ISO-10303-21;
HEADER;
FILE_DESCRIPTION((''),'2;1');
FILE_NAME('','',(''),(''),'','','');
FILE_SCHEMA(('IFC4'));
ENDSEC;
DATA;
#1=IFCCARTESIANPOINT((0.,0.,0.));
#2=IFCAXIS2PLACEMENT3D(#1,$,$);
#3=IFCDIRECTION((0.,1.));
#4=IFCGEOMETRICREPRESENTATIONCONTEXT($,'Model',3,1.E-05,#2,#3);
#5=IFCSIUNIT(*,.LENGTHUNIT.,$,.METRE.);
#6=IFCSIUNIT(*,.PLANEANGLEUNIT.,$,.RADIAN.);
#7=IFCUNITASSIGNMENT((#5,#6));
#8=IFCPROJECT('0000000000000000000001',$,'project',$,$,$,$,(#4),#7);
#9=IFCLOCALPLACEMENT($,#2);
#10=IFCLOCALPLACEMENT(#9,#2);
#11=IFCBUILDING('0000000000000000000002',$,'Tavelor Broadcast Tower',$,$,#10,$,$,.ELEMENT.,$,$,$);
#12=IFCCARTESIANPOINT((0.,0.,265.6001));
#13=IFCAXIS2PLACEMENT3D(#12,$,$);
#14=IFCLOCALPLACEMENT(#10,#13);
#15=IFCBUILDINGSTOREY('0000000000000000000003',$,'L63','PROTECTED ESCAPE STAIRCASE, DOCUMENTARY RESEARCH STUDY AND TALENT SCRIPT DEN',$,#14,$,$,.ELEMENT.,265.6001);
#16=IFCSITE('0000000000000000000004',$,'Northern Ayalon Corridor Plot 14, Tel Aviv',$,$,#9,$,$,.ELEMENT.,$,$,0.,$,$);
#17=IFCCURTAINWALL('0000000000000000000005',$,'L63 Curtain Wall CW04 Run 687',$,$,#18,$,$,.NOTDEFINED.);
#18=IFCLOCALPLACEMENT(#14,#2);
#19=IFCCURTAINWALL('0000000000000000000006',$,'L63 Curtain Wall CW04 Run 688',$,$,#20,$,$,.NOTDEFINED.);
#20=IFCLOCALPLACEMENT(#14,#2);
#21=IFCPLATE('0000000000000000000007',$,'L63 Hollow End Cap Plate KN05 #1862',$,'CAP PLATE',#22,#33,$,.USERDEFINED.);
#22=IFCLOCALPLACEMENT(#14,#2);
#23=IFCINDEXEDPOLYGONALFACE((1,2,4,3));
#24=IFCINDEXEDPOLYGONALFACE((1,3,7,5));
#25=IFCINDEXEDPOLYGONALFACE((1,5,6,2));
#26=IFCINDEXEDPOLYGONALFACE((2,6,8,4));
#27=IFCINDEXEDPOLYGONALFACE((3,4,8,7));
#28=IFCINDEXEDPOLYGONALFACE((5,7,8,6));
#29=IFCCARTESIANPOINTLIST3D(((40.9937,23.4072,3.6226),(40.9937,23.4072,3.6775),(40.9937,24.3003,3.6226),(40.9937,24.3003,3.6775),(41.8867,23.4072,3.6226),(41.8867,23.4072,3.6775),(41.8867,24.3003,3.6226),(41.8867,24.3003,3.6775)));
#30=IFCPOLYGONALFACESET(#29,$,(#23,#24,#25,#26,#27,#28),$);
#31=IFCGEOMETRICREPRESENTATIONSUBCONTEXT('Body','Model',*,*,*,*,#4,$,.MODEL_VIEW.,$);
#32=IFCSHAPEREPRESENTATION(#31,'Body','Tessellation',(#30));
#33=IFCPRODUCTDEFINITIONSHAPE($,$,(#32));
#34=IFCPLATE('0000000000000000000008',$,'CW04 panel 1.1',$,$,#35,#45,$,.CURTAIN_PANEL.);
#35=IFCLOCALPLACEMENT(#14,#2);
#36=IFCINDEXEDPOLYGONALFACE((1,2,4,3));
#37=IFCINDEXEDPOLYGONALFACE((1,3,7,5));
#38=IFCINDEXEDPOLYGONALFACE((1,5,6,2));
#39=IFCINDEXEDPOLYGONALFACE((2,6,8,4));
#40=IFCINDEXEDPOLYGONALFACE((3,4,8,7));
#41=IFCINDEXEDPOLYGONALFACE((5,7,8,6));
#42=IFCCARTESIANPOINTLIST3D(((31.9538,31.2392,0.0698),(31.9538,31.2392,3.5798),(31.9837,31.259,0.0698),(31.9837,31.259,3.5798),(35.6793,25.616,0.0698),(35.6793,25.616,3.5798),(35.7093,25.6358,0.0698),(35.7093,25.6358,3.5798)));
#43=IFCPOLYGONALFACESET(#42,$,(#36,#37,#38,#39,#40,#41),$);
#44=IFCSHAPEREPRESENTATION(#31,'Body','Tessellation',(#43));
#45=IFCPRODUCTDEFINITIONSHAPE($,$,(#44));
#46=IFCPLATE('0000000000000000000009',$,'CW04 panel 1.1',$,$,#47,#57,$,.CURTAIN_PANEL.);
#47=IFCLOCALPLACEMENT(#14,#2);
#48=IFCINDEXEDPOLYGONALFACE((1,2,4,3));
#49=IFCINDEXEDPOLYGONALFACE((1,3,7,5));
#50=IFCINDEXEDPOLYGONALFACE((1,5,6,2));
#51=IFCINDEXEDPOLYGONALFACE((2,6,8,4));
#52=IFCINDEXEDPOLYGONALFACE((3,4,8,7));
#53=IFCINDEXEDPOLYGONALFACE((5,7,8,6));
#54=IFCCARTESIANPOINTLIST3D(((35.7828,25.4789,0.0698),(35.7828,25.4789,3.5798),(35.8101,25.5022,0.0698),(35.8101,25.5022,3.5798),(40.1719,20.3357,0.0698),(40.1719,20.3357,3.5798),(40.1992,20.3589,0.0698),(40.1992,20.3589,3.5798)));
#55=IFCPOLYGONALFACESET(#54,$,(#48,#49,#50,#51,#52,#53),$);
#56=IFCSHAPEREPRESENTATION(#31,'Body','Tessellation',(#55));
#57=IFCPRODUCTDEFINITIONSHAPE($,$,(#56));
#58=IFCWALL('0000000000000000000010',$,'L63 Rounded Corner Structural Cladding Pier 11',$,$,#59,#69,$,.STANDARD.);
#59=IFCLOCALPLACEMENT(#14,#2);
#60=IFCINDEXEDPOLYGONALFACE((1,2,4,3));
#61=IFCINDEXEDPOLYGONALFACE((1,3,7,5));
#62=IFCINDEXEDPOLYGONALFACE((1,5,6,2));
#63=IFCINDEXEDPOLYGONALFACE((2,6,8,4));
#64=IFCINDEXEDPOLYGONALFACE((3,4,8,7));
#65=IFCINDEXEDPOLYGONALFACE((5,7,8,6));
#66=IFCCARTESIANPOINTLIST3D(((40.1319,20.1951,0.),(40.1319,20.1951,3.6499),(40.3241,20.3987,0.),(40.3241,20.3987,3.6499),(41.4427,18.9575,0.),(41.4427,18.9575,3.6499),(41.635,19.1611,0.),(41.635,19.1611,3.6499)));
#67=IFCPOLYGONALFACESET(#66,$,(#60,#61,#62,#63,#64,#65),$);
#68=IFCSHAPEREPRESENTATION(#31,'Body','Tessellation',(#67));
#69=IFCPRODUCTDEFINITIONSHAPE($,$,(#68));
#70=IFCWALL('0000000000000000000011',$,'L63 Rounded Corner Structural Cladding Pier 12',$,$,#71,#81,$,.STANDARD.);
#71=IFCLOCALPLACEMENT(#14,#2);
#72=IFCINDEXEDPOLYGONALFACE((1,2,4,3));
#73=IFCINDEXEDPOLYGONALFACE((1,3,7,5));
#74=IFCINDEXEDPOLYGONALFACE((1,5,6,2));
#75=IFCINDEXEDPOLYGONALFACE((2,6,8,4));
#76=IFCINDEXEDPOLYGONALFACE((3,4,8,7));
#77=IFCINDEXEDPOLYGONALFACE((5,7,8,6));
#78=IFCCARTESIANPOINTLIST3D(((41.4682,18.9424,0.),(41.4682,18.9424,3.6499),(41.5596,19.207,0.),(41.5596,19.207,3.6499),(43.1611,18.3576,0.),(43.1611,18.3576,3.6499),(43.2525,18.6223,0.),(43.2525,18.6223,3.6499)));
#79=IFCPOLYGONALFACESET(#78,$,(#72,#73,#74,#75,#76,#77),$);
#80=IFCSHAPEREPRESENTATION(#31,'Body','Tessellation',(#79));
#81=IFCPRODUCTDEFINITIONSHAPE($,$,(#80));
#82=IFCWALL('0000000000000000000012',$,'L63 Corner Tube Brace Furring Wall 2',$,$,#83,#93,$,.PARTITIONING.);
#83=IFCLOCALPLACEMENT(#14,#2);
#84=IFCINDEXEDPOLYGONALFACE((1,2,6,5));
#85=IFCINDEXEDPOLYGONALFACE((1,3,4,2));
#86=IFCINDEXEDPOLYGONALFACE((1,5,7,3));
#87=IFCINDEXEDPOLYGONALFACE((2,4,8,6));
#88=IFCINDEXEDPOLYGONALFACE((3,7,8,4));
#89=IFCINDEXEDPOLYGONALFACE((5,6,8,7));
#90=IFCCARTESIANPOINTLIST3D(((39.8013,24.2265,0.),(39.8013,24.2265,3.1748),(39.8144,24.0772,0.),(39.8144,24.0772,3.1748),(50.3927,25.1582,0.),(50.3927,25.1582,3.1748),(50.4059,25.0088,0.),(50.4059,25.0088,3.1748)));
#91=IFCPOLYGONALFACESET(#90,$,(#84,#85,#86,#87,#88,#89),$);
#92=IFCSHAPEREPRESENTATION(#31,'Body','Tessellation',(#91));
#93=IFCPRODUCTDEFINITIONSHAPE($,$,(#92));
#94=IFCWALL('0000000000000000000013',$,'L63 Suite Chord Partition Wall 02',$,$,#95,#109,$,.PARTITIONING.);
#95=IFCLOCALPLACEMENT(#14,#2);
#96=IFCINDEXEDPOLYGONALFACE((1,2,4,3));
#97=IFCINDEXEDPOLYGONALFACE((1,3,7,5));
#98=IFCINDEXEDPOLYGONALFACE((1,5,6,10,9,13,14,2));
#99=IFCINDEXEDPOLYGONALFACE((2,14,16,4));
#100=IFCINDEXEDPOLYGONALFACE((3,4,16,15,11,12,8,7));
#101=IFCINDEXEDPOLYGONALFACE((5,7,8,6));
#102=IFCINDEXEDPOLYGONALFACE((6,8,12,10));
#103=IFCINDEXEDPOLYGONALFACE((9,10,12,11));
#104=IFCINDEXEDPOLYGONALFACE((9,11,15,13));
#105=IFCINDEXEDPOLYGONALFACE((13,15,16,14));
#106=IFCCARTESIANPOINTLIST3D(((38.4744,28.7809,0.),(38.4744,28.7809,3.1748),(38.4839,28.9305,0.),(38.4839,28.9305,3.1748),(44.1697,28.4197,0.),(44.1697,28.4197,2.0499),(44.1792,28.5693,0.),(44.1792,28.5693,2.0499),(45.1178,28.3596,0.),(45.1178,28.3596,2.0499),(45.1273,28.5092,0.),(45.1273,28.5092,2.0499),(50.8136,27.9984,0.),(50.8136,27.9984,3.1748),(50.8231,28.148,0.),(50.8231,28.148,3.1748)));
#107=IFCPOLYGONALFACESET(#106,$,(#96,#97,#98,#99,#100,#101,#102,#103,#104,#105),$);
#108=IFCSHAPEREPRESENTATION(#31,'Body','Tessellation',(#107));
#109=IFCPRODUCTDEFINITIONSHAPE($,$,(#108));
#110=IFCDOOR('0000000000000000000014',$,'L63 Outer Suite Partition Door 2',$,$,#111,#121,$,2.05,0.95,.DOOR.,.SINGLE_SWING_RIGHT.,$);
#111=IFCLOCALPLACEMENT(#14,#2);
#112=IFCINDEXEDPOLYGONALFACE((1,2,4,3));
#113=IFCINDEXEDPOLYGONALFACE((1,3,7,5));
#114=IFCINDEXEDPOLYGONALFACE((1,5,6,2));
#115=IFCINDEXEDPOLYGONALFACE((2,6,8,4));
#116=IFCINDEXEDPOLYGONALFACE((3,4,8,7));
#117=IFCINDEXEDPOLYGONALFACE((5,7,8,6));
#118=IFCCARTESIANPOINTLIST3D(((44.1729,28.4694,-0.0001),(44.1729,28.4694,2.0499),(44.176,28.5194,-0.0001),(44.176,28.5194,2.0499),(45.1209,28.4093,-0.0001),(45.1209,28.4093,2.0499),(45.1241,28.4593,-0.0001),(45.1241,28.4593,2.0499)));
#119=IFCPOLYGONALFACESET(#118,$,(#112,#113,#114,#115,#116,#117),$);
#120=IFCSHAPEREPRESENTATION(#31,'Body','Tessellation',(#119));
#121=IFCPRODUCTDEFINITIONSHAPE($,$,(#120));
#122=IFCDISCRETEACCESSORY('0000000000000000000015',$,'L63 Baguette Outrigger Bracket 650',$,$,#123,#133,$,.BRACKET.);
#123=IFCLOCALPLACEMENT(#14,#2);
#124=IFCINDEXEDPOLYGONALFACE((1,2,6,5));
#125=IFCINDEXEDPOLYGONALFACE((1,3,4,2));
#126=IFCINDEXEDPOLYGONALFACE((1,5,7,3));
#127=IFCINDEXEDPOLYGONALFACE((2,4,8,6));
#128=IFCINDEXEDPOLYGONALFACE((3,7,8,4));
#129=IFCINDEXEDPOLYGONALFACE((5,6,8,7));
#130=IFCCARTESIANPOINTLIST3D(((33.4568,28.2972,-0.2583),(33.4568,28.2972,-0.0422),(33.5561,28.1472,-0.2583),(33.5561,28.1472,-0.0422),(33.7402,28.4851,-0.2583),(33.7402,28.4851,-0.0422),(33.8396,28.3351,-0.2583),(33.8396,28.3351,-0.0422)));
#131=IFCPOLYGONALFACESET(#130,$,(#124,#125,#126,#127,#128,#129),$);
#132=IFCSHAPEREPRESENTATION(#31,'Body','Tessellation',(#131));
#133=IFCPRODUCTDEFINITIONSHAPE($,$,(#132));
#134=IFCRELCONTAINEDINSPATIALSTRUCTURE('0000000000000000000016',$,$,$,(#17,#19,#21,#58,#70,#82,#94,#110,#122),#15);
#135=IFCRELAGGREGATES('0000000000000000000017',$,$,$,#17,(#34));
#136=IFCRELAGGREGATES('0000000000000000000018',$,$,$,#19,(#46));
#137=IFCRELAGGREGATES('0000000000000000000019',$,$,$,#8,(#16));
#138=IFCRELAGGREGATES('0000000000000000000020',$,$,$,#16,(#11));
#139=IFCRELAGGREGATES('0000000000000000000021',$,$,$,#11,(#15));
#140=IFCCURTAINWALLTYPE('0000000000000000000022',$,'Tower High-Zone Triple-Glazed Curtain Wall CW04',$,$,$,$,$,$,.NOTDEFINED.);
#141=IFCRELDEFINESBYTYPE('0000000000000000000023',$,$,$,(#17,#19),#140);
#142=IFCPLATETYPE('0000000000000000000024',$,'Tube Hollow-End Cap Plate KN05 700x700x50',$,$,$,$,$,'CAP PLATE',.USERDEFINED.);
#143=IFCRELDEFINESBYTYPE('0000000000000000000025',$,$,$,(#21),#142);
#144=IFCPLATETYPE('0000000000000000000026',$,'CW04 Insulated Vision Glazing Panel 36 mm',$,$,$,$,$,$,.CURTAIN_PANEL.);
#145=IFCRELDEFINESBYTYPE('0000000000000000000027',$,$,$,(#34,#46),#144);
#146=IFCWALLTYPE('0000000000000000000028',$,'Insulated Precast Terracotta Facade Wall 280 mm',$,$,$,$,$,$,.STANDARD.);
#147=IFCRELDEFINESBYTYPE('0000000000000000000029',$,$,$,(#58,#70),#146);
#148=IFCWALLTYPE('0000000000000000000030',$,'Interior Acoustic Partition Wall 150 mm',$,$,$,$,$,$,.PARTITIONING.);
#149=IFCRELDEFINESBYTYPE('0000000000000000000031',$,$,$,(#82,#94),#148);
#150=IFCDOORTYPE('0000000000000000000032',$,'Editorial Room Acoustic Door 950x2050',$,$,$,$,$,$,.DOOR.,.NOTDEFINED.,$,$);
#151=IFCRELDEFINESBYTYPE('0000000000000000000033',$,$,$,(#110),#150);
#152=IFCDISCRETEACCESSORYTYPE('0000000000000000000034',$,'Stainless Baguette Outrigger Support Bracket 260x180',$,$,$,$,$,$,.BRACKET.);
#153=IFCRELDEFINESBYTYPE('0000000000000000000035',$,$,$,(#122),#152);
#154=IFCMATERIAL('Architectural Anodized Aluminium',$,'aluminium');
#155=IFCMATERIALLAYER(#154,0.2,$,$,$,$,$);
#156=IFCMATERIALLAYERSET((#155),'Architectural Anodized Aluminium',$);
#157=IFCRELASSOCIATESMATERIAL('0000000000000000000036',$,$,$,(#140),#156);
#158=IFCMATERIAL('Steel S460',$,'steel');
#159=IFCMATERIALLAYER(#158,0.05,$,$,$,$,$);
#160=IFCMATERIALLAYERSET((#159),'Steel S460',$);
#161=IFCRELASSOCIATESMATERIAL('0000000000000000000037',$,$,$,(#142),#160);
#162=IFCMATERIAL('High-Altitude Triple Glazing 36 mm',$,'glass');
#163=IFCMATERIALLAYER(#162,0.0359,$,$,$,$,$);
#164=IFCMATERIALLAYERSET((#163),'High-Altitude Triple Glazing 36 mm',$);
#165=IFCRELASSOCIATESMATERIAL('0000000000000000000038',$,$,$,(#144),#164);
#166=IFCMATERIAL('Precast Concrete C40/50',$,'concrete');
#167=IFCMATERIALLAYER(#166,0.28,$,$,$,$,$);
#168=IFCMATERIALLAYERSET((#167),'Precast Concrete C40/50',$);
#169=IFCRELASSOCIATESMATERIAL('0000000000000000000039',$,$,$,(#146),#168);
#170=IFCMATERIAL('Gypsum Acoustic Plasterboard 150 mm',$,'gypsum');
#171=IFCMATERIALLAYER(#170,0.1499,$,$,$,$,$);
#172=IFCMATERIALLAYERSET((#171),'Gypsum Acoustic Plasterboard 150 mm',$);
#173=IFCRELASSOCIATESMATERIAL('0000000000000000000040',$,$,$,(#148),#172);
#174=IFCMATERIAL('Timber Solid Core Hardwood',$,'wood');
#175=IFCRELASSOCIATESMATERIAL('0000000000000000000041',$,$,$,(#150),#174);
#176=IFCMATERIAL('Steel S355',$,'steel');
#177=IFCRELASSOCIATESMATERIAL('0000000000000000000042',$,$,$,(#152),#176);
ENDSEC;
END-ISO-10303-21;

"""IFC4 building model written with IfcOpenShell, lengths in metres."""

from ifc_helpers import new_model, si_unit, direction, frame, frame_2d, origin, origin_2d, place, context, subcontext, project, spatial, rectangle, extrude, source, transform, mapped, material, layer, layer_set, type_object, type_shapes, element, fill, aggregate, save


model = new_model("IFC4")

# Units and contexts
model_context = context("Model", 3, precision=1e-05, world=origin(), true_north=direction((0.0, 1.0)))
body_context = subcontext(model_context, "Body", "Model", "MODEL_VIEW")
ifc_project = project(units=[si_unit("LENGTHUNIT", "METRE"), si_unit("PLANEANGLEUNIT", "RADIAN")], contexts=[model_context])

# Site, building, storey
site_placement = place(None, origin())
site = spatial("IfcSite", under=ifc_project, at=site_placement, Name="Northern Ayalon Corridor Plot 14, Tel Aviv", CompositionType="ELEMENT", RefElevation=0.0)
building_placement = place(site_placement, origin())
building = spatial("IfcBuilding", under=site, at=building_placement, Name="Tavelor Broadcast Tower", CompositionType="ELEMENT")
storey_placement = place(building_placement, frame((0.0, 0.0, 265.6001)))
storey = spatial("IfcBuildingStorey", under=building, at=storey_placement, Name="L63", Description="PROTECTED ESCAPE STAIRCASE, DOCUMENTARY RESEARCH STUDY AND TALENT SCRIPT DEN", CompositionType="ELEMENT", Elevation=265.6001)

# Shared definitions
ifc_material_1 = material(Name="Steel S460", Category="steel")

# Shared definitions
ifc_material_2 = material(Name="Steel S355", Category="steel")

# Curtain wall
ifc_material_3 = material(Name="Architectural Anodized Aluminium", Category="aluminium")
ifc_layer_1 = layer(ifc_material_3, 0.2)
ifc_layer_set_1 = layer_set([ifc_layer_1], Name="Architectural Anodized Aluminium")
curtain_wall_type = type_object("IfcCurtainWallType", Name="Tower High-Zone Triple-Glazed Curtain Wall CW04", PredefinedType="NOTDEFINED", material=ifc_layer_set_1)
curtain_wall_1_placement = place(storey_placement, origin())
curtain_wall_1 = element("IfcCurtainWall", 1, at=curtain_wall_1_placement, inside=storey, type_object=curtain_wall_type, Name="L63 Curtain Wall CW04 Run 687", PredefinedType="NOTDEFINED")

# Curtain wall
curtain_wall_2_placement = place(storey_placement, origin())
curtain_wall_2 = element("IfcCurtainWall", 2, at=curtain_wall_2_placement, inside=storey, type_object=curtain_wall_type, Name="L63 Curtain Wall CW04 Run 688", PredefinedType="NOTDEFINED")

# Plate
ifc_layer_2 = layer(ifc_material_1, 0.05)
ifc_layer_set_2 = layer_set([ifc_layer_2], Name="Steel S460")
plate_type_1 = type_object("IfcPlateType", Name="Tube Hollow-End Cap Plate KN05 700x700x50", ElementType="CAP PLATE", PredefinedType="USERDEFINED", material=ifc_layer_set_2)
shared_shape_1 = source(origin(), body_context, "Body", "SweptSolid", [
    extrude(rectangle(XDim=0.8931, YDim=0.8931, at=origin_2d()), origin(), (0.0, 0.0, 1.0), 0.0549),
])
for number, where, z_axis, x_axis, name in (
    (3, (41.4402, 23.8538, 3.6226), (0.0, 0.0, 1.0), (1.0, 0.0, 0.0), "L63 Hollow End Cap Plate KN05 #1862"),
):
    element("IfcPlate", number, at=place(storey_placement, frame(where, z_axis=z_axis, x_axis=x_axis)), inside=storey, type_object=plate_type_1, Name=name, ObjectType="CAP PLATE", PredefinedType="USERDEFINED", context=body_context, shape_type="MappedRepresentation", body=[
        mapped(shared_shape_1, transform((0.0, 0.0, 0.0), scale=1.0)),
    ])

# Plates
ifc_material_4 = material(Name="High-Altitude Triple Glazing 36 mm", Category="glass")
ifc_layer_3 = layer(ifc_material_4, 0.0359)
ifc_layer_set_3 = layer_set([ifc_layer_3], Name="High-Altitude Triple Glazing 36 mm")
plate_type_2 = type_object("IfcPlateType", Name="CW04 Insulated Vision Glazing Panel 36 mm", PredefinedType="CURTAIN_PANEL", material=ifc_layer_set_3)
shared_shape_2 = source(origin(), body_context, "Body", "SweptSolid", [
    extrude(rectangle(XDim=6.7454, YDim=0.0359, at=origin_2d()), origin(), (0.0, 0.0, 1.0), 3.51),
])
plate_1_placement = place(storey_placement, frame((33.8315, 28.4375, 0.0698), z_axis=(0.0, 0.0, 1.0), x_axis=(0.552308, -0.83364, 0.0)))
plate_1 = element("IfcPlate", 4, at=plate_1_placement, type_object=plate_type_2, Name="CW04 panel 1.1", PredefinedType="CURTAIN_PANEL", context=body_context, shape_type="MappedRepresentation", body=[
    mapped(shared_shape_2, transform((0.0, 0.0, 0.0), scale=1.0)),
])
aggregate(curtain_wall_1, [plate_1])
shared_shape_3 = source(origin(), body_context, "Body", "SweptSolid", [
    extrude(rectangle(XDim=6.7615, YDim=0.0359, at=origin_2d()), origin(), (0.0, 0.0, 1.0), 3.51),
])
type_shapes(plate_type_2, [shared_shape_2, shared_shape_3])
plate_2_placement = place(storey_placement, frame((37.991, 22.9189, 0.0698), z_axis=(0.0, 0.0, 1.0), x_axis=(0.649132, -0.760675, 0.0)))
plate_2 = element("IfcPlate", 5, at=plate_2_placement, type_object=plate_type_2, Name="CW04 panel 1.1", PredefinedType="CURTAIN_PANEL", context=body_context, shape_type="MappedRepresentation", body=[
    mapped(shared_shape_3, transform((0.0, 0.0, 0.0), scale=1.0)),
])
aggregate(curtain_wall_2, [plate_2])

# Walls
ifc_material_5 = material(Name="Precast Concrete C40/50", Category="concrete")
ifc_layer_4 = layer(ifc_material_5, 0.28)
ifc_layer_set_4 = layer_set([ifc_layer_4], Name="Precast Concrete C40/50")
wall_type_1 = type_object("IfcWallType", Name="Insulated Precast Terracotta Facade Wall 280 mm", PredefinedType="STANDARD", material=ifc_layer_set_4)
wall_1_placement = place(storey_placement, frame((40.228, 20.2969, 0.0), z_axis=(0.0, 0.0, 1.0), x_axis=(0.72713, -0.6865, 0.0)))
element("IfcWall", 6, at=wall_1_placement, inside=storey, type_object=wall_type_1, Name="L63 Rounded Corner Structural Cladding Pier 11", PredefinedType="STANDARD", context=body_context, shape_type="SweptSolid", body=[
    extrude(rectangle(XDim=1.8027, YDim=0.28, at=frame_2d((0.9014, 0.0))), origin(), (0.0, 0.0, 1.0), 3.6499),
])
wall_2_placement = place(storey_placement, frame((41.5139, 19.0747, 0.0), z_axis=(0.0, 0.0, 1.0), x_axis=(0.945206, -0.326474, 0.0)))
element("IfcWall", 7, at=wall_2_placement, inside=storey, type_object=wall_type_1, Name="L63 Rounded Corner Structural Cladding Pier 12", PredefinedType="STANDARD", context=body_context, shape_type="SweptSolid", body=[
    extrude(rectangle(XDim=1.791, YDim=0.28, at=frame_2d((0.8955, 0.0))), origin(), (0.0, 0.0, 1.0), 3.6499),
])
ifc_material_6 = material(Name="Gypsum Acoustic Plasterboard 150 mm", Category="gypsum")
ifc_layer_5 = layer(ifc_material_6, 0.1499)
ifc_layer_set_5 = layer_set([ifc_layer_5], Name="Gypsum Acoustic Plasterboard 150 mm")
wall_type_2 = type_object("IfcWallType", Name="Interior Acoustic Partition Wall 150 mm", PredefinedType="PARTITIONING", material=ifc_layer_set_5)
wall_3_placement = place(storey_placement, frame((39.8079, 24.1519, 0.0), z_axis=(0.0, 0.0, 1.0), x_axis=(0.996154, 0.087624, 0.0)))
element("IfcWall", 8, at=wall_3_placement, inside=storey, type_object=wall_type_2, Name="L63 Corner Tube Brace Furring Wall 2", PredefinedType="PARTITIONING", context=body_context, shape_type="SweptSolid", body=[
    extrude(rectangle(XDim=10.6323, YDim=0.1499, at=frame_2d((5.3162, 0.0))), origin(), (0.0, 0.0, 1.0), 3.1748),
])

# Wall, opening, door
wall_4_placement = place(storey_placement, frame((38.479, 28.8557, 0.0), z_axis=(0.0, 0.0, 1.0), x_axis=(0.997995, -0.063287, 0.0)))
wall_4 = element("IfcWall", 9, at=wall_4_placement, inside=storey, type_object=wall_type_2, Name="L63 Suite Chord Partition Wall 02", PredefinedType="PARTITIONING", context=body_context, shape_type="SweptSolid", body=[
    extrude(rectangle(XDim=12.364, YDim=0.1499, at=frame_2d((6.1821, 0.0))), origin(), (0.0, 0.0, 1.0), 3.1748),
])
opening_placement = place(wall_4_placement, frame((5.7068, 0.0, 0.0)))
opening = element("IfcOpeningElement", 10, at=opening_placement, cuts=wall_4, PredefinedType="OPENING", context=body_context, shape_type="SweptSolid", body=[
    extrude(rectangle(XDim=0.95, YDim=2.05, at=frame_2d((0.4751, 1.0249))), frame((0.0, 0.085, 0.0), z_axis=(0.0, -1.0, 0.0), x_axis=(1.0, 0.0, 0.0)), (0.0, 0.0, 1.0), 0.1699),
])
ifc_material_7 = material(Name="Timber Solid Core Hardwood", Category="wood")
door_type = type_object("IfcDoorType", Name="Editorial Room Acoustic Door 950x2050", OperationType="NOTDEFINED", PredefinedType="DOOR", material=ifc_material_7)
door_placement = place(opening_placement, origin())
door = element("IfcDoor", 11, at=door_placement, inside=storey, type_object=door_type, Name="L63 Outer Suite Partition Door 2", OperationType="SINGLE_SWING_RIGHT", OverallHeight=2.05, OverallWidth=0.95, PredefinedType="DOOR", context=body_context, shape_type="SweptSolid", body=[
    extrude(rectangle(XDim=0.95, YDim=2.05, at=frame_2d((0.4751, 1.0249))), frame((0.0, 0.0249, 0.0), z_axis=(0.0, -1.0, 0.0), x_axis=(1.0, 0.0, 0.0)), (0.0, 0.0, 1.0), 0.05),
])
fill(opening, door)

# Discrete accessory
discrete_accessory_type = type_object("IfcDiscreteAccessoryType", Name="Stainless Baguette Outrigger Support Bracket 260x180", PredefinedType="BRACKET", material=ifc_material_2)
shared_shape_4 = source(origin(), body_context, "Body", "SweptSolid", [
    extrude(rectangle(XDim=0.1799, YDim=0.3401, at=origin_2d()), origin(), (0.0, 0.0, 1.0), 0.2161),
])
type_shapes(discrete_accessory_type, [shared_shape_4])
discrete_accessory_placement = place(storey_placement, frame((33.6482, 28.3162, -0.2583), z_axis=(0.0, 0.0, 1.0), x_axis=(0.552374, -0.833597, 0.0)))
element("IfcDiscreteAccessory", 12, at=discrete_accessory_placement, inside=storey, type_object=discrete_accessory_type, Name="L63 Baguette Outrigger Bracket 650", PredefinedType="BRACKET", context=body_context, shape_type="MappedRepresentation", body=[
    mapped(shared_shape_4, transform((0.0, 0.0, 0.0), scale=1.0)),
])

save(model, "model.ifc")
